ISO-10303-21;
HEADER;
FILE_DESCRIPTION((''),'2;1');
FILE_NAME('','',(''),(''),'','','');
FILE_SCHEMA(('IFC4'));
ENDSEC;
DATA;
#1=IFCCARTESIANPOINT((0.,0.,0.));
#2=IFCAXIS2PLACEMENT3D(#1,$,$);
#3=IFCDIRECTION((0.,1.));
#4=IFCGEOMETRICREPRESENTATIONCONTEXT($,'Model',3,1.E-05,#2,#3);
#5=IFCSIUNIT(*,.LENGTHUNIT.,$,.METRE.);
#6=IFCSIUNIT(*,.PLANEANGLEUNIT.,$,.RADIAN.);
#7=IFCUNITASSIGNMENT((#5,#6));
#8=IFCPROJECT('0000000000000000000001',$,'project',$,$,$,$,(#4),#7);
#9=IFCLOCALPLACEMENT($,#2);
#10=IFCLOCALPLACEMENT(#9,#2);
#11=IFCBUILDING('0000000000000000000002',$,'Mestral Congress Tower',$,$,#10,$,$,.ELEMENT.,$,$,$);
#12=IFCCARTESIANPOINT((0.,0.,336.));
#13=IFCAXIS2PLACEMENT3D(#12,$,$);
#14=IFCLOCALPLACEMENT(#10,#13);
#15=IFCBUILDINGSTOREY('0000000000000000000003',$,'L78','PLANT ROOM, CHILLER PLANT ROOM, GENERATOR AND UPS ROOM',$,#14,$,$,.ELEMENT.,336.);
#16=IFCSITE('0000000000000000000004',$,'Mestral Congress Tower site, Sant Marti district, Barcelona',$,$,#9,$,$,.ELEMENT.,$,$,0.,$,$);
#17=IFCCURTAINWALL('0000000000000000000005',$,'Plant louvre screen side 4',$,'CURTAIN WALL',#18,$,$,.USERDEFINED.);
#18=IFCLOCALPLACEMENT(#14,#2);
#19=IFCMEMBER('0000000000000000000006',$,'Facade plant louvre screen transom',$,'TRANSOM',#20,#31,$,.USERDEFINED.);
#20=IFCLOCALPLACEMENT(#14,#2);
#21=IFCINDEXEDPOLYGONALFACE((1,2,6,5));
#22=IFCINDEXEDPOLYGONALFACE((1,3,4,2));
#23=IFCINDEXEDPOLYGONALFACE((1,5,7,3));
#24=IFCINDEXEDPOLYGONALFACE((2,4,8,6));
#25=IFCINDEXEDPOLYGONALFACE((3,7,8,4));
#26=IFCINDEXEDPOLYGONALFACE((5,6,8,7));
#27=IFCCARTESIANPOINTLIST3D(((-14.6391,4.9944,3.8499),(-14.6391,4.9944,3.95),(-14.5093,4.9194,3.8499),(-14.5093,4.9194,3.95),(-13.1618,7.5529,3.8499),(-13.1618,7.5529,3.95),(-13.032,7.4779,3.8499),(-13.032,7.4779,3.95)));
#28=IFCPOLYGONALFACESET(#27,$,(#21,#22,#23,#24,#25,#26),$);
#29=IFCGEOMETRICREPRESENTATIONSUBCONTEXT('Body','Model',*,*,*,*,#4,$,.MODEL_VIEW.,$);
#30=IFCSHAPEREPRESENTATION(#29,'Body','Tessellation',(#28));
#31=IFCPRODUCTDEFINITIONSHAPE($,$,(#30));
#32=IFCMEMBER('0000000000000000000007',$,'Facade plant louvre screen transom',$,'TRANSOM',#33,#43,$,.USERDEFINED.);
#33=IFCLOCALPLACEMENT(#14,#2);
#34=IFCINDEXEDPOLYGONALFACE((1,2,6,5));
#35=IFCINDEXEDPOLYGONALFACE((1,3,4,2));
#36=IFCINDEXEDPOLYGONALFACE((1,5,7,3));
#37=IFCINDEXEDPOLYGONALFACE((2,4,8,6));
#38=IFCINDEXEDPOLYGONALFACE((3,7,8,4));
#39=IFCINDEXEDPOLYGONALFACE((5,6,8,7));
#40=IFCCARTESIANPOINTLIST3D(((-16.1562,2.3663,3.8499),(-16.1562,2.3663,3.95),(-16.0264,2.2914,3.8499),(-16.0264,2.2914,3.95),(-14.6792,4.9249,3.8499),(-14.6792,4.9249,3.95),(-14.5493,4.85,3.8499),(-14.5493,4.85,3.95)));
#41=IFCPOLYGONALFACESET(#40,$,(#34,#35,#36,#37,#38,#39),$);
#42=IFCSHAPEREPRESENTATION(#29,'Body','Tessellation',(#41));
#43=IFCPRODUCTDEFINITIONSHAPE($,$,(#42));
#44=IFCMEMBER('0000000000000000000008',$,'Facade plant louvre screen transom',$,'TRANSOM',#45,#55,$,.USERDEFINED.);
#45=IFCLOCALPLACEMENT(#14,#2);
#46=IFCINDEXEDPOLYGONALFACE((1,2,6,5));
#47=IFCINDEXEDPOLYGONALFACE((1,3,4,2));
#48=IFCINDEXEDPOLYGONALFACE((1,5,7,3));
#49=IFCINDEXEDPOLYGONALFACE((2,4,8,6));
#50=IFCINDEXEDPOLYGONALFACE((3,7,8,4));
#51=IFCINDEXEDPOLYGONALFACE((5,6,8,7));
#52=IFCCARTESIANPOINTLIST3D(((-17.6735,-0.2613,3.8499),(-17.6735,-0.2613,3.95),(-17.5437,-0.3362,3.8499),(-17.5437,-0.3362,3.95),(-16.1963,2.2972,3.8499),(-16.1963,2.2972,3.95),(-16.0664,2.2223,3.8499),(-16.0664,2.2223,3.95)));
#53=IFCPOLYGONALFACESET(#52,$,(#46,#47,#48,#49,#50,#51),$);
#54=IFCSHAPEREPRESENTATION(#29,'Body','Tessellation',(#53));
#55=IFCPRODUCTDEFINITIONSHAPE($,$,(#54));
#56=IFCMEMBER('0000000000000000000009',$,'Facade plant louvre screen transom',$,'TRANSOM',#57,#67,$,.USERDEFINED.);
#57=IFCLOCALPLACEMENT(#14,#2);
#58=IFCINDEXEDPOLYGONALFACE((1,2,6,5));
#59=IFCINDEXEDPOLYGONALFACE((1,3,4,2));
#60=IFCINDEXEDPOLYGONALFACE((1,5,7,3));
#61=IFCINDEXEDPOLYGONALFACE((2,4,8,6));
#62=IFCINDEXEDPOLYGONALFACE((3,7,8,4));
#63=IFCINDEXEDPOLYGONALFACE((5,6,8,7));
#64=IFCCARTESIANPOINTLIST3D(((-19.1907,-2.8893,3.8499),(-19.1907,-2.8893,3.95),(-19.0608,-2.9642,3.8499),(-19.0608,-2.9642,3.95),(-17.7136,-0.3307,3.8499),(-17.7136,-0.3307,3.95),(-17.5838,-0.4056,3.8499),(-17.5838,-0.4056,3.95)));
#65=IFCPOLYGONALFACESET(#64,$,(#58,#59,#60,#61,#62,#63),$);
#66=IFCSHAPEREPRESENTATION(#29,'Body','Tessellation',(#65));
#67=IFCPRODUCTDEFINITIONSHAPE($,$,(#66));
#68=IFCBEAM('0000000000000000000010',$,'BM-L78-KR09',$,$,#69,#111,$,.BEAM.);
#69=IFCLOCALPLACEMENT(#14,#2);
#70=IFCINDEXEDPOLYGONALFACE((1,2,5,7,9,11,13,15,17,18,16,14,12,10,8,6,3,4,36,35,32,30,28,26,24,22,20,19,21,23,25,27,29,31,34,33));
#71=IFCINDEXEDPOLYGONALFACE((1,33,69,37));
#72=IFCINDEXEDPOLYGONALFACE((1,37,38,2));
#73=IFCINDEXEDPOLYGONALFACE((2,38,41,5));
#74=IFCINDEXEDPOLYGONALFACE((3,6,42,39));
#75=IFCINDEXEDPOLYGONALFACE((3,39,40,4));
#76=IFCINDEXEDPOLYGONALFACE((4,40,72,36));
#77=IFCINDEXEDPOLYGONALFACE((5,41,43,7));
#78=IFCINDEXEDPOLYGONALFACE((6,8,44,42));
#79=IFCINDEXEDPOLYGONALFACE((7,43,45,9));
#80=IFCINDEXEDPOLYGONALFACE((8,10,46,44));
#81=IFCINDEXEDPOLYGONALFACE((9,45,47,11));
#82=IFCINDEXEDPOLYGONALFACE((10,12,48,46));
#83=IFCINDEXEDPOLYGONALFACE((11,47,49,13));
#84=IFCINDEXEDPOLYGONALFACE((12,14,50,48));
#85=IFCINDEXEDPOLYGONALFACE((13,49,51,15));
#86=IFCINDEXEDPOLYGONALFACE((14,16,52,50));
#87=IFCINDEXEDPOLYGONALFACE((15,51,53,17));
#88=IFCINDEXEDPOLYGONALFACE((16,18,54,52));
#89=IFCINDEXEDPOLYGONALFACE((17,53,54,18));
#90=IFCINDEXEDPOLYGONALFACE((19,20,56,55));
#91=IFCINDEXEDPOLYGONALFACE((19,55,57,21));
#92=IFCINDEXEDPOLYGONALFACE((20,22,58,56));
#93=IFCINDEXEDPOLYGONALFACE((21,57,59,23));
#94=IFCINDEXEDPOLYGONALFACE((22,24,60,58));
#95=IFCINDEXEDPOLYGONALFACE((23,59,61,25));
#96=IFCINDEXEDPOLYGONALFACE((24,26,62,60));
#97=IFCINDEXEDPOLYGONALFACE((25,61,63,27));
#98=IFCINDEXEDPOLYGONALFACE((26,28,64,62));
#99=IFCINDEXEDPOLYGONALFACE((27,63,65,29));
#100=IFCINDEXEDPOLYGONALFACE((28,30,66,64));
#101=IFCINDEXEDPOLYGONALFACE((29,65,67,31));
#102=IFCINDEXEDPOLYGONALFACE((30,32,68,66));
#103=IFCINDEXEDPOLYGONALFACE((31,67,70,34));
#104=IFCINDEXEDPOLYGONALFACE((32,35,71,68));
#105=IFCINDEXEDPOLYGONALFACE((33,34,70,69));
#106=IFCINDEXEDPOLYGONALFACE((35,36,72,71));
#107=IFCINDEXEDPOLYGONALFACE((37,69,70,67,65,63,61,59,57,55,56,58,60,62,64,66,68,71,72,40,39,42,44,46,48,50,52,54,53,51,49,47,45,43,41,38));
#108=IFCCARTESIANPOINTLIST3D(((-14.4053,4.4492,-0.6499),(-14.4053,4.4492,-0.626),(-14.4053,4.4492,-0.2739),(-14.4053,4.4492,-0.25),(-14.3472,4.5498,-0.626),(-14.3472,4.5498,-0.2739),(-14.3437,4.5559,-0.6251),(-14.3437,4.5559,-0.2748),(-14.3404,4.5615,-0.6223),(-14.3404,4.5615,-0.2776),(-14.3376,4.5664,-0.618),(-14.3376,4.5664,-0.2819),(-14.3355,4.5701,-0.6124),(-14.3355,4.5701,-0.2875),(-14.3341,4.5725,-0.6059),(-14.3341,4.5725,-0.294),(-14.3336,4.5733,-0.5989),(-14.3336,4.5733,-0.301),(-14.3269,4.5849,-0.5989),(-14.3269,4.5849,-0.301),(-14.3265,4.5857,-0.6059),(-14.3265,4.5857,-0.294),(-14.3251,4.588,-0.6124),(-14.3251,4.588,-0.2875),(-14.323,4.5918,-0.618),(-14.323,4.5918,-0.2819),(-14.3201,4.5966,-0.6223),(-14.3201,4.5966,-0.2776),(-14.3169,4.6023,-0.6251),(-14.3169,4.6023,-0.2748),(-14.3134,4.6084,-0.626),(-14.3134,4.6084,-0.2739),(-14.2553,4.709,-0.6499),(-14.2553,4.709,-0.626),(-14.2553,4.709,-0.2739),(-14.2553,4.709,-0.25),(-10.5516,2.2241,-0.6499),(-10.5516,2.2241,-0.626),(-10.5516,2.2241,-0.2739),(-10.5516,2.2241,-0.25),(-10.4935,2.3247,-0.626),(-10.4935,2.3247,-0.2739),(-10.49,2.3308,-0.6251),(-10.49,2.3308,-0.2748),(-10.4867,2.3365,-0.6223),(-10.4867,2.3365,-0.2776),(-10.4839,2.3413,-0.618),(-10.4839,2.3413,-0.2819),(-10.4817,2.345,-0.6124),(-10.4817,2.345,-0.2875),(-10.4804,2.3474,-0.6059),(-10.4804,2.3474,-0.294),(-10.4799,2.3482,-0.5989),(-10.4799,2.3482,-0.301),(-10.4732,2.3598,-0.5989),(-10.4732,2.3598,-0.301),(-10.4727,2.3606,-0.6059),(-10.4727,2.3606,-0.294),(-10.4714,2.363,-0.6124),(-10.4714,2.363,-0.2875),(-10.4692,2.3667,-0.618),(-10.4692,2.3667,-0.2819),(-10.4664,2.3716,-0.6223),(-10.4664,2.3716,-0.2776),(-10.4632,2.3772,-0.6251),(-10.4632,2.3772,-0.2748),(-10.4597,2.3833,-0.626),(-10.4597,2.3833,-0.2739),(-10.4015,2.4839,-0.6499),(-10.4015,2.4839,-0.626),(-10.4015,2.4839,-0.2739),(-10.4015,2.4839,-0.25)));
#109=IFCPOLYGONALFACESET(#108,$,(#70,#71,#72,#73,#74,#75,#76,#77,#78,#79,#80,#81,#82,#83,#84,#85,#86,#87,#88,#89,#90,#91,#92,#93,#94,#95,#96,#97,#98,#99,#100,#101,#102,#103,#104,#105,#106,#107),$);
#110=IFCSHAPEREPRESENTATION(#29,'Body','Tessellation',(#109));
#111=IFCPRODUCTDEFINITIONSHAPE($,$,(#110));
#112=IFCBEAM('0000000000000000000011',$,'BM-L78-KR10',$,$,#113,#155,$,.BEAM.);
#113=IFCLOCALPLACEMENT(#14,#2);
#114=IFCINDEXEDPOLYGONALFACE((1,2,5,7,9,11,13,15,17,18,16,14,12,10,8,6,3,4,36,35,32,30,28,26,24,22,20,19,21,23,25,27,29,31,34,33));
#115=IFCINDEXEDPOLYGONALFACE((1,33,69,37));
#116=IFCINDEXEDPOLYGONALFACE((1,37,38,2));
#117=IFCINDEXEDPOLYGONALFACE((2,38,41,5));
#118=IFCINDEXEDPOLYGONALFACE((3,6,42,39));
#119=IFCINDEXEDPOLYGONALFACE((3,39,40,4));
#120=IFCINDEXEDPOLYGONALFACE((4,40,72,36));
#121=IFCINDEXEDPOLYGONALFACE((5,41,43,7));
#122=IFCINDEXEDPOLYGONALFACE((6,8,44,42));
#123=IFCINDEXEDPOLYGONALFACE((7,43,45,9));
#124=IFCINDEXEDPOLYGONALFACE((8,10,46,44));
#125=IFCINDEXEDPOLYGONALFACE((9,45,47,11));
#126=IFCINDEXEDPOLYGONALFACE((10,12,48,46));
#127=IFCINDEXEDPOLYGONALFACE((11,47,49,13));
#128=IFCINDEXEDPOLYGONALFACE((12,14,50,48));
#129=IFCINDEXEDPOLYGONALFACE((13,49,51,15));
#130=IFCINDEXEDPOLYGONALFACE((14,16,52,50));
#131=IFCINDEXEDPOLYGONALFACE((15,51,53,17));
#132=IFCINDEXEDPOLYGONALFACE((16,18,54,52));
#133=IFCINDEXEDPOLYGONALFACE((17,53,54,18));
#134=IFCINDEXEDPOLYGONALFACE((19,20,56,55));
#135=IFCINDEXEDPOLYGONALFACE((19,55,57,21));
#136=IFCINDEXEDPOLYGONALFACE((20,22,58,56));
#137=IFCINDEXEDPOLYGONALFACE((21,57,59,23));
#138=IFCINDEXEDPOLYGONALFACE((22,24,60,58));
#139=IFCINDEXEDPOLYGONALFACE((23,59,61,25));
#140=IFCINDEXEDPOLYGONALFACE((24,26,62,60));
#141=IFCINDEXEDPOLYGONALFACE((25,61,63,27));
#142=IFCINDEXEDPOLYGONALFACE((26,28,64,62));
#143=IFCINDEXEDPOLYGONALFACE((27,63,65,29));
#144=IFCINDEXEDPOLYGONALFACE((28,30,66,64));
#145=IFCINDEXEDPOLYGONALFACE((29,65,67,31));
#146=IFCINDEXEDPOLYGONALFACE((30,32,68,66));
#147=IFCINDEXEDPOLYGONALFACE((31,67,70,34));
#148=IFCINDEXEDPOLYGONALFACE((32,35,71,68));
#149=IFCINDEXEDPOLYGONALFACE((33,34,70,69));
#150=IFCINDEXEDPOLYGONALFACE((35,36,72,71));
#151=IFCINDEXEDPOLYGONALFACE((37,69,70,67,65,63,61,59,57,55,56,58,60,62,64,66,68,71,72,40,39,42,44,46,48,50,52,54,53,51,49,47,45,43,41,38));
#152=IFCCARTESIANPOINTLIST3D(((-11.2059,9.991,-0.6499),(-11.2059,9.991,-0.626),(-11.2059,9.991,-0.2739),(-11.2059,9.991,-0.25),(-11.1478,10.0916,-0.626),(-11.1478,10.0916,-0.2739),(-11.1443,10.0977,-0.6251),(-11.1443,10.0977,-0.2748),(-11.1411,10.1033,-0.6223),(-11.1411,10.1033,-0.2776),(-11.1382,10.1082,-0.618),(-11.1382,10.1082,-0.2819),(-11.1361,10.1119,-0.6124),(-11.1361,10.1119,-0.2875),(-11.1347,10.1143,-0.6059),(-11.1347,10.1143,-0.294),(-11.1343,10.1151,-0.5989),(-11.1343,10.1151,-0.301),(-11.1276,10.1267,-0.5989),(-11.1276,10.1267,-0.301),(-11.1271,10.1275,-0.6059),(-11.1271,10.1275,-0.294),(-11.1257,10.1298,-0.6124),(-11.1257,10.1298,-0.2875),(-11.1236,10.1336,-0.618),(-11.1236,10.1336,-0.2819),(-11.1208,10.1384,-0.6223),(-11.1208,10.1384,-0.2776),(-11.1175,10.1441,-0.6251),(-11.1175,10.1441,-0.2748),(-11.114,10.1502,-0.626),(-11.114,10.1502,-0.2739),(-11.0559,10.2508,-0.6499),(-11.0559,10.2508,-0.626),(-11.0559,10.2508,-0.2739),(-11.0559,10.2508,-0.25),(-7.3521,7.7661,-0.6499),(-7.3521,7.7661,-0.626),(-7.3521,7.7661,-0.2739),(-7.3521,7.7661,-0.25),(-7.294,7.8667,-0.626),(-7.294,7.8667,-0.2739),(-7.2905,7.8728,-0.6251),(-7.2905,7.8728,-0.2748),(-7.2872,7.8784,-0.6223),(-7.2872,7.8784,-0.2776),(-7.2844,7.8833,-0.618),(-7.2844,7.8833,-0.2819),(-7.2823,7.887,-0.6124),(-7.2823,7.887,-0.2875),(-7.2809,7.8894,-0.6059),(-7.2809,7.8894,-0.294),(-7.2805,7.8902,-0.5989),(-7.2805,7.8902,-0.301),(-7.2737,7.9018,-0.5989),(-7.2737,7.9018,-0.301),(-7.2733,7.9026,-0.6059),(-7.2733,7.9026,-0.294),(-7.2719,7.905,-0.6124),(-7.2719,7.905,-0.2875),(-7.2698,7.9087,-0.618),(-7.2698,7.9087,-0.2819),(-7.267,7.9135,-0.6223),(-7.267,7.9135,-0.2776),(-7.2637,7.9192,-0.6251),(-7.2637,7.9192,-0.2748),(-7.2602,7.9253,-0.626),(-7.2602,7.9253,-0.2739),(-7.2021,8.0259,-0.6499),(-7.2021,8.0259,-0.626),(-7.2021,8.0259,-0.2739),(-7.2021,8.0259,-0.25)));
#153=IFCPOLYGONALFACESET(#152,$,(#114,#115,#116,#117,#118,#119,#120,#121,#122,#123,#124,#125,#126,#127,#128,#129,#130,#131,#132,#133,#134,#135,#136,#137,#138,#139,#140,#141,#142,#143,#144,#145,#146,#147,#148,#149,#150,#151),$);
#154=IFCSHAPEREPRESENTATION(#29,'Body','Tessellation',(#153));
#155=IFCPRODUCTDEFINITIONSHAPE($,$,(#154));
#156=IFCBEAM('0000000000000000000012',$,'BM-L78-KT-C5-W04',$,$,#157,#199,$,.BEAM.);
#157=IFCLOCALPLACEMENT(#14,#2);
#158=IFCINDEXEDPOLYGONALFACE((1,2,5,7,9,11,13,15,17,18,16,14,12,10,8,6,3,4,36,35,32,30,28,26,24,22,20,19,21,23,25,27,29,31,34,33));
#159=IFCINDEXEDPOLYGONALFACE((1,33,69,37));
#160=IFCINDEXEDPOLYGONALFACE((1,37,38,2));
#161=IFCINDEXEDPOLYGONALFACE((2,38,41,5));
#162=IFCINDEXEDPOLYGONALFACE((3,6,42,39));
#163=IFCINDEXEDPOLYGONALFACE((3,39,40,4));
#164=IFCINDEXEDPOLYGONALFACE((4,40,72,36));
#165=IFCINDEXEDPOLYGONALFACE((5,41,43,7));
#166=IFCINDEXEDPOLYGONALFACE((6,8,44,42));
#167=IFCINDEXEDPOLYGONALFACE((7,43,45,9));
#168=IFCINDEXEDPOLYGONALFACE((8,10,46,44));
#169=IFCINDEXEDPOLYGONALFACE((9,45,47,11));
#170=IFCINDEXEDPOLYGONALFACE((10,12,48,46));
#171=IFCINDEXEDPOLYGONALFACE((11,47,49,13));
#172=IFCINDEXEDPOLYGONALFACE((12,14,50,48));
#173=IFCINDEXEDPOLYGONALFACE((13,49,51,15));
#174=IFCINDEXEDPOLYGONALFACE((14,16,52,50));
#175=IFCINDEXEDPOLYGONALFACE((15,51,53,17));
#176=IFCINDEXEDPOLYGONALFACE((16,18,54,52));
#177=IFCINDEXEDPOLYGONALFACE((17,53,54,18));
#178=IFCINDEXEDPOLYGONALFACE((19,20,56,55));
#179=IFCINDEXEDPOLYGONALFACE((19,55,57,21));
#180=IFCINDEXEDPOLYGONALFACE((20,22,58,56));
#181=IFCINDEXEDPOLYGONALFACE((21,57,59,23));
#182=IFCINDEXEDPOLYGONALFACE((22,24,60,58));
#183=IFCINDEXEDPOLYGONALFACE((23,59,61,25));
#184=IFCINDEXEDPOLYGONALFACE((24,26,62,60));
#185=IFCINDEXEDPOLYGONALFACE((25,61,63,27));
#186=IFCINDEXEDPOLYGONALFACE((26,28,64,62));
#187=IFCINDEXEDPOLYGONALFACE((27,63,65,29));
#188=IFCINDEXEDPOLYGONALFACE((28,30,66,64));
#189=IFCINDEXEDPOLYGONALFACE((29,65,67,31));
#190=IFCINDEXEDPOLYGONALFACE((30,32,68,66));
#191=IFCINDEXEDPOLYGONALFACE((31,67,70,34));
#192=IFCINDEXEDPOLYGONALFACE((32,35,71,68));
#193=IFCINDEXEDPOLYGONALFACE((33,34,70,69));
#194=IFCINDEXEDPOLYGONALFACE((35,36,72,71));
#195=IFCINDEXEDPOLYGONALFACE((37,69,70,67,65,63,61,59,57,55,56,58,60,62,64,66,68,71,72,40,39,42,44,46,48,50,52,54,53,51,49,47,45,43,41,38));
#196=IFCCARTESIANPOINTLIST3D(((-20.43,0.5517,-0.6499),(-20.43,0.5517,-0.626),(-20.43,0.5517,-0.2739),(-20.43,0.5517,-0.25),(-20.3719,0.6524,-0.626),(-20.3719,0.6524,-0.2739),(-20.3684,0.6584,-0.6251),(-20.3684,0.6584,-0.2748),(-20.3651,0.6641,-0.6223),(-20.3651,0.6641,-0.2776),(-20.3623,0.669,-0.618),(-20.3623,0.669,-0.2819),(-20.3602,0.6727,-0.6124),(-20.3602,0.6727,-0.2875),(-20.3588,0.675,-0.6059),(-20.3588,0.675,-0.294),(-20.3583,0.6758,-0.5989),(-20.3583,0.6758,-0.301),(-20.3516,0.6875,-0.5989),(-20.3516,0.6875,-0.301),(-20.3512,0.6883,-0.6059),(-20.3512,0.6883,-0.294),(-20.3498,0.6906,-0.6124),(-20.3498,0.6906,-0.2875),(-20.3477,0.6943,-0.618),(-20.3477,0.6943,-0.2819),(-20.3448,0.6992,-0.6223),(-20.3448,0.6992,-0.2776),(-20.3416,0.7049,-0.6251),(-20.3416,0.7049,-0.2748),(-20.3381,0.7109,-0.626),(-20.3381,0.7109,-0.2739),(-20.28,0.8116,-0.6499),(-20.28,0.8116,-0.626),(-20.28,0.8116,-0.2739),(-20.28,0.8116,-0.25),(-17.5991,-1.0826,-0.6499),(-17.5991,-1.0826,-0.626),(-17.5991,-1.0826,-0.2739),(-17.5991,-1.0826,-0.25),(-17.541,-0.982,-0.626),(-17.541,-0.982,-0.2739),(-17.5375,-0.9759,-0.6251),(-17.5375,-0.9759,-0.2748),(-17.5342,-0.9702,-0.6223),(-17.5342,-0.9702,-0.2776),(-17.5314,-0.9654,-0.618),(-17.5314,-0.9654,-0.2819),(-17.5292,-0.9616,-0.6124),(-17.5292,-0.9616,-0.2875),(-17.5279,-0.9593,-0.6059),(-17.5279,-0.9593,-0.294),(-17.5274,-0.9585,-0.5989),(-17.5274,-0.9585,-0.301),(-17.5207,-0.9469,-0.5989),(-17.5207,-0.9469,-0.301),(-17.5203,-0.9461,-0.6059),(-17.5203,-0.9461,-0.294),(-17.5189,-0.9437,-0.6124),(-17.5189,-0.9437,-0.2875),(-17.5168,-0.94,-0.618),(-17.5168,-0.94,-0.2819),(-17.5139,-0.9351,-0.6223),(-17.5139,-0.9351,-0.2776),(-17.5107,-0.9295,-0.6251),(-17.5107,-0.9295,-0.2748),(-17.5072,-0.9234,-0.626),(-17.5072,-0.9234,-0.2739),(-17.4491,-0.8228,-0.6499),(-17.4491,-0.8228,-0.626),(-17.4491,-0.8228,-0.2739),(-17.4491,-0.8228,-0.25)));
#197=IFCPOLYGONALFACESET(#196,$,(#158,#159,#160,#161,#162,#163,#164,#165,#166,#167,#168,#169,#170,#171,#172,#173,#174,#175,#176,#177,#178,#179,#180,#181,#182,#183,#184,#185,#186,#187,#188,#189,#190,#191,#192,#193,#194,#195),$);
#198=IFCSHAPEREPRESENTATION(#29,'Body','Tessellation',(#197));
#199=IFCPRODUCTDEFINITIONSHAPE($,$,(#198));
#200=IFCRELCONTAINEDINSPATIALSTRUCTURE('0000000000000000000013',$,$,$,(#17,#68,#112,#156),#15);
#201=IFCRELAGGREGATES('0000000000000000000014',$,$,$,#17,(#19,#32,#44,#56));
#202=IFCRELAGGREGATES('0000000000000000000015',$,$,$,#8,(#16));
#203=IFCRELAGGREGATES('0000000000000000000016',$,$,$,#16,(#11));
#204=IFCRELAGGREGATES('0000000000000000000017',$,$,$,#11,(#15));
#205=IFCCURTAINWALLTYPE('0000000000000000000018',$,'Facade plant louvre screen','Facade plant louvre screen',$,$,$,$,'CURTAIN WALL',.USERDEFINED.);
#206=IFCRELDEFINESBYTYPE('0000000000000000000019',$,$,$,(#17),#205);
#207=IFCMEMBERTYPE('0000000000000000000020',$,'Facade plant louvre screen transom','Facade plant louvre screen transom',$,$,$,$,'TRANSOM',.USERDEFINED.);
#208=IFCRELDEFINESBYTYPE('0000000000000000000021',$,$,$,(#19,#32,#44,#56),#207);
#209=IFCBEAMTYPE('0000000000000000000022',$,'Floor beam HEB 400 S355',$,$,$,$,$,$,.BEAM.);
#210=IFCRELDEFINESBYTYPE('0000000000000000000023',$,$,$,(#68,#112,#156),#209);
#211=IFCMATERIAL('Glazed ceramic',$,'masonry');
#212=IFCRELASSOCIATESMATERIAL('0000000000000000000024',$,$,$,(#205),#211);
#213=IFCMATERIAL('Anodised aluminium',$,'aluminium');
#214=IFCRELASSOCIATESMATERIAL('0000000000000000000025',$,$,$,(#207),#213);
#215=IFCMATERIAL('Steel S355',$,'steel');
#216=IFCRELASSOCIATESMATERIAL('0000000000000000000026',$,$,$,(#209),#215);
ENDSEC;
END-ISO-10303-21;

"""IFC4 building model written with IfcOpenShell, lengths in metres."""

from ifc_helpers import new_model, si_unit, direction, frame, origin, origin_2d, place, context, subcontext, project, spatial, rectangle, i_section, extrude, material, material_profile, profile_set, type_object, element, aggregate, save


model = new_model("IFC4")

# Units and contexts
model_context = context("Model", 3, precision=1e-05, world=origin(), true_north=direction((0.0, 1.0)))
body_context = subcontext(model_context, "Body", "Model", "MODEL_VIEW")
ifc_project = project(units=[si_unit("LENGTHUNIT", "METRE"), si_unit("PLANEANGLEUNIT", "RADIAN")], contexts=[model_context])

# Site, building, storey
site_placement = place(None, origin())
site = spatial("IfcSite", under=ifc_project, at=site_placement, Name="Mestral Congress Tower site, Sant Marti district, Barcelona", CompositionType="ELEMENT", RefElevation=0.0)
building_placement = place(site_placement, origin())
building = spatial("IfcBuilding", under=site, at=building_placement, Name="Mestral Congress Tower", CompositionType="ELEMENT")
storey_placement = place(building_placement, frame((0.0, 0.0, 336.0)))
storey = spatial("IfcBuildingStorey", under=building, at=storey_placement, Name="L78", Description="PLANT ROOM, CHILLER PLANT ROOM, GENERATOR AND UPS ROOM", CompositionType="ELEMENT", Elevation=336.0)

# Shared definitions
ifc_material_1 = material(Name="Steel S355", Category="steel")

# Curtain wall, members
ifc_material_2 = material(Name="Glazed ceramic", Category="masonry")
curtain_wall_type = type_object("IfcCurtainWallType", Name="Facade plant louvre screen", Description="Facade plant louvre screen", ElementType="CURTAIN WALL", PredefinedType="USERDEFINED", material=ifc_material_2)
curtain_wall_placement = place(storey_placement, origin())
curtain_wall = element("IfcCurtainWall", 1, at=curtain_wall_placement, inside=storey, type_object=curtain_wall_type, Name="Plant louvre screen side 4", ObjectType="CURTAIN WALL", PredefinedType="USERDEFINED")
ifc_material_3 = material(Name="Anodised aluminium", Category="aluminium")
ifc_material_profile_1 = material_profile(ifc_material_3, rectangle(XDim=0.1499, YDim=0.1001, at=origin_2d()), Name="CW6 transom 150 x 100")
ifc_profile_set_1 = profile_set([ifc_material_profile_1], Name="Anodised aluminium")
member_type_1 = type_object("IfcMemberType", Name="Facade plant louvre screen transom", Description="Facade plant louvre screen transom", ElementType="TRANSOM", PredefinedType="USERDEFINED", material=ifc_profile_set_1)
member_1_placement = place(storey_placement, frame((-13.0969, 7.5154, 3.8999), z_axis=(-0.500023, -0.866012, 0.0), x_axis=(0.866012, -0.500023, 0.0)))
member_1 = element("IfcMember", 2, at=member_1_placement, type_object=member_type_1, Name="Facade plant louvre screen transom", ObjectType="TRANSOM", PredefinedType="USERDEFINED", context=body_context, shape_type="SweptSolid", body=[
    extrude(rectangle(XDim=0.1499, YDim=0.1001, at=origin_2d()), origin(), (0.0, 0.0, 1.0), 2.9543),
])
member_2_placement = place(storey_placement, frame((-14.6143, 4.8875, 3.8999), z_axis=(-0.499961, -0.866048, 0.0), x_axis=(0.866048, -0.499961, 0.0)))
member_2 = element("IfcMember", 3, at=member_2_placement, type_object=member_type_1, Name="Facade plant louvre screen transom", ObjectType="TRANSOM", PredefinedType="USERDEFINED", context=body_context, shape_type="SweptSolid", body=[
    extrude(rectangle(XDim=0.1499, YDim=0.1001, at=origin_2d()), origin(), (0.0, 0.0, 1.0), 2.9543),
])
member_3_placement = place(storey_placement, frame((-16.1313, 2.2598, 3.8999), z_axis=(-0.500023, -0.866012, 0.0), x_axis=(0.866012, -0.500023, 0.0)))
member_3 = element("IfcMember", 4, at=member_3_placement, type_object=member_type_1, Name="Facade plant louvre screen transom", ObjectType="TRANSOM", PredefinedType="USERDEFINED", context=body_context, shape_type="SweptSolid", body=[
    extrude(rectangle(XDim=0.1499, YDim=0.1001, at=origin_2d()), origin(), (0.0, 0.0, 1.0), 2.9543),
])
member_4_placement = place(storey_placement, frame((-17.6487, -0.3682, 3.8999), z_axis=(-0.499961, -0.866048, 0.0), x_axis=(0.866048, -0.499961, 0.0)))
member_4 = element("IfcMember", 5, at=member_4_placement, type_object=member_type_1, Name="Facade plant louvre screen transom", ObjectType="TRANSOM", PredefinedType="USERDEFINED", context=body_context, shape_type="SweptSolid", body=[
    extrude(rectangle(XDim=0.1499, YDim=0.1001, at=origin_2d()), origin(), (0.0, 0.0, 1.0), 2.9543),
])

# Beams
ifc_material_profile_2 = material_profile(ifc_material_1, i_section(OverallWidth=0.3, OverallDepth=0.3999, WebThickness=0.0134, FlangeThickness=0.0239, FilletRadius=0.0271, at=origin_2d()), Name="HEB 400")
ifc_profile_set_2 = profile_set([ifc_material_profile_2], Name="Steel S355")
beam_type_1 = type_object("IfcBeamType", Name="Floor beam HEB 400 S355", PredefinedType="BEAM", material=ifc_profile_set_2)
for number, where, z_axis, x_axis, name in (
    (6, (-10.4766, 2.354, -0.45), (-0.866013, 0.500022, 0.0), (-0.500022, -0.866013, 0.0), "BM-L78-KR09"),
    (7, (-7.2771, 7.896, -0.45), (-0.866037, 0.49998, 0.0), (-0.49998, -0.866037, 0.0), "BM-L78-KR10"),
):
    element("IfcBeam", number, at=place(storey_placement, frame(where, z_axis=z_axis, x_axis=x_axis)), inside=storey, type_object=beam_type_1, Name=name, PredefinedType="BEAM", context=body_context, shape_type="SweptSolid", body=[
        extrude(i_section(OverallWidth=0.3, OverallDepth=0.3999, WebThickness=0.0134, FlangeThickness=0.0239, FilletRadius=0.0271, at=origin_2d()), origin(), (0.0, 0.0, 1.0), 4.45),
    ])
beam_1_placement = place(storey_placement, frame((-20.355, 0.6816, -0.45), z_axis=(0.866038, -0.499979, 0.0), x_axis=(0.499979, 0.866038, 0.0)))
element("IfcBeam", 8, at=beam_1_placement, inside=storey, type_object=beam_type_1, Name="BM-L78-KT-C5-W04", PredefinedType="BEAM", context=body_context, shape_type="SweptSolid", body=[
    extrude(i_section(OverallWidth=0.3, OverallDepth=0.3999, WebThickness=0.0134, FlangeThickness=0.0239, FilletRadius=0.0271, at=origin_2d()), origin(), (0.0, 0.0, 1.0), 3.2688),
])

aggregate(curtain_wall, [member_1, member_2, member_3, member_4])

save(model, "model.ifc")
